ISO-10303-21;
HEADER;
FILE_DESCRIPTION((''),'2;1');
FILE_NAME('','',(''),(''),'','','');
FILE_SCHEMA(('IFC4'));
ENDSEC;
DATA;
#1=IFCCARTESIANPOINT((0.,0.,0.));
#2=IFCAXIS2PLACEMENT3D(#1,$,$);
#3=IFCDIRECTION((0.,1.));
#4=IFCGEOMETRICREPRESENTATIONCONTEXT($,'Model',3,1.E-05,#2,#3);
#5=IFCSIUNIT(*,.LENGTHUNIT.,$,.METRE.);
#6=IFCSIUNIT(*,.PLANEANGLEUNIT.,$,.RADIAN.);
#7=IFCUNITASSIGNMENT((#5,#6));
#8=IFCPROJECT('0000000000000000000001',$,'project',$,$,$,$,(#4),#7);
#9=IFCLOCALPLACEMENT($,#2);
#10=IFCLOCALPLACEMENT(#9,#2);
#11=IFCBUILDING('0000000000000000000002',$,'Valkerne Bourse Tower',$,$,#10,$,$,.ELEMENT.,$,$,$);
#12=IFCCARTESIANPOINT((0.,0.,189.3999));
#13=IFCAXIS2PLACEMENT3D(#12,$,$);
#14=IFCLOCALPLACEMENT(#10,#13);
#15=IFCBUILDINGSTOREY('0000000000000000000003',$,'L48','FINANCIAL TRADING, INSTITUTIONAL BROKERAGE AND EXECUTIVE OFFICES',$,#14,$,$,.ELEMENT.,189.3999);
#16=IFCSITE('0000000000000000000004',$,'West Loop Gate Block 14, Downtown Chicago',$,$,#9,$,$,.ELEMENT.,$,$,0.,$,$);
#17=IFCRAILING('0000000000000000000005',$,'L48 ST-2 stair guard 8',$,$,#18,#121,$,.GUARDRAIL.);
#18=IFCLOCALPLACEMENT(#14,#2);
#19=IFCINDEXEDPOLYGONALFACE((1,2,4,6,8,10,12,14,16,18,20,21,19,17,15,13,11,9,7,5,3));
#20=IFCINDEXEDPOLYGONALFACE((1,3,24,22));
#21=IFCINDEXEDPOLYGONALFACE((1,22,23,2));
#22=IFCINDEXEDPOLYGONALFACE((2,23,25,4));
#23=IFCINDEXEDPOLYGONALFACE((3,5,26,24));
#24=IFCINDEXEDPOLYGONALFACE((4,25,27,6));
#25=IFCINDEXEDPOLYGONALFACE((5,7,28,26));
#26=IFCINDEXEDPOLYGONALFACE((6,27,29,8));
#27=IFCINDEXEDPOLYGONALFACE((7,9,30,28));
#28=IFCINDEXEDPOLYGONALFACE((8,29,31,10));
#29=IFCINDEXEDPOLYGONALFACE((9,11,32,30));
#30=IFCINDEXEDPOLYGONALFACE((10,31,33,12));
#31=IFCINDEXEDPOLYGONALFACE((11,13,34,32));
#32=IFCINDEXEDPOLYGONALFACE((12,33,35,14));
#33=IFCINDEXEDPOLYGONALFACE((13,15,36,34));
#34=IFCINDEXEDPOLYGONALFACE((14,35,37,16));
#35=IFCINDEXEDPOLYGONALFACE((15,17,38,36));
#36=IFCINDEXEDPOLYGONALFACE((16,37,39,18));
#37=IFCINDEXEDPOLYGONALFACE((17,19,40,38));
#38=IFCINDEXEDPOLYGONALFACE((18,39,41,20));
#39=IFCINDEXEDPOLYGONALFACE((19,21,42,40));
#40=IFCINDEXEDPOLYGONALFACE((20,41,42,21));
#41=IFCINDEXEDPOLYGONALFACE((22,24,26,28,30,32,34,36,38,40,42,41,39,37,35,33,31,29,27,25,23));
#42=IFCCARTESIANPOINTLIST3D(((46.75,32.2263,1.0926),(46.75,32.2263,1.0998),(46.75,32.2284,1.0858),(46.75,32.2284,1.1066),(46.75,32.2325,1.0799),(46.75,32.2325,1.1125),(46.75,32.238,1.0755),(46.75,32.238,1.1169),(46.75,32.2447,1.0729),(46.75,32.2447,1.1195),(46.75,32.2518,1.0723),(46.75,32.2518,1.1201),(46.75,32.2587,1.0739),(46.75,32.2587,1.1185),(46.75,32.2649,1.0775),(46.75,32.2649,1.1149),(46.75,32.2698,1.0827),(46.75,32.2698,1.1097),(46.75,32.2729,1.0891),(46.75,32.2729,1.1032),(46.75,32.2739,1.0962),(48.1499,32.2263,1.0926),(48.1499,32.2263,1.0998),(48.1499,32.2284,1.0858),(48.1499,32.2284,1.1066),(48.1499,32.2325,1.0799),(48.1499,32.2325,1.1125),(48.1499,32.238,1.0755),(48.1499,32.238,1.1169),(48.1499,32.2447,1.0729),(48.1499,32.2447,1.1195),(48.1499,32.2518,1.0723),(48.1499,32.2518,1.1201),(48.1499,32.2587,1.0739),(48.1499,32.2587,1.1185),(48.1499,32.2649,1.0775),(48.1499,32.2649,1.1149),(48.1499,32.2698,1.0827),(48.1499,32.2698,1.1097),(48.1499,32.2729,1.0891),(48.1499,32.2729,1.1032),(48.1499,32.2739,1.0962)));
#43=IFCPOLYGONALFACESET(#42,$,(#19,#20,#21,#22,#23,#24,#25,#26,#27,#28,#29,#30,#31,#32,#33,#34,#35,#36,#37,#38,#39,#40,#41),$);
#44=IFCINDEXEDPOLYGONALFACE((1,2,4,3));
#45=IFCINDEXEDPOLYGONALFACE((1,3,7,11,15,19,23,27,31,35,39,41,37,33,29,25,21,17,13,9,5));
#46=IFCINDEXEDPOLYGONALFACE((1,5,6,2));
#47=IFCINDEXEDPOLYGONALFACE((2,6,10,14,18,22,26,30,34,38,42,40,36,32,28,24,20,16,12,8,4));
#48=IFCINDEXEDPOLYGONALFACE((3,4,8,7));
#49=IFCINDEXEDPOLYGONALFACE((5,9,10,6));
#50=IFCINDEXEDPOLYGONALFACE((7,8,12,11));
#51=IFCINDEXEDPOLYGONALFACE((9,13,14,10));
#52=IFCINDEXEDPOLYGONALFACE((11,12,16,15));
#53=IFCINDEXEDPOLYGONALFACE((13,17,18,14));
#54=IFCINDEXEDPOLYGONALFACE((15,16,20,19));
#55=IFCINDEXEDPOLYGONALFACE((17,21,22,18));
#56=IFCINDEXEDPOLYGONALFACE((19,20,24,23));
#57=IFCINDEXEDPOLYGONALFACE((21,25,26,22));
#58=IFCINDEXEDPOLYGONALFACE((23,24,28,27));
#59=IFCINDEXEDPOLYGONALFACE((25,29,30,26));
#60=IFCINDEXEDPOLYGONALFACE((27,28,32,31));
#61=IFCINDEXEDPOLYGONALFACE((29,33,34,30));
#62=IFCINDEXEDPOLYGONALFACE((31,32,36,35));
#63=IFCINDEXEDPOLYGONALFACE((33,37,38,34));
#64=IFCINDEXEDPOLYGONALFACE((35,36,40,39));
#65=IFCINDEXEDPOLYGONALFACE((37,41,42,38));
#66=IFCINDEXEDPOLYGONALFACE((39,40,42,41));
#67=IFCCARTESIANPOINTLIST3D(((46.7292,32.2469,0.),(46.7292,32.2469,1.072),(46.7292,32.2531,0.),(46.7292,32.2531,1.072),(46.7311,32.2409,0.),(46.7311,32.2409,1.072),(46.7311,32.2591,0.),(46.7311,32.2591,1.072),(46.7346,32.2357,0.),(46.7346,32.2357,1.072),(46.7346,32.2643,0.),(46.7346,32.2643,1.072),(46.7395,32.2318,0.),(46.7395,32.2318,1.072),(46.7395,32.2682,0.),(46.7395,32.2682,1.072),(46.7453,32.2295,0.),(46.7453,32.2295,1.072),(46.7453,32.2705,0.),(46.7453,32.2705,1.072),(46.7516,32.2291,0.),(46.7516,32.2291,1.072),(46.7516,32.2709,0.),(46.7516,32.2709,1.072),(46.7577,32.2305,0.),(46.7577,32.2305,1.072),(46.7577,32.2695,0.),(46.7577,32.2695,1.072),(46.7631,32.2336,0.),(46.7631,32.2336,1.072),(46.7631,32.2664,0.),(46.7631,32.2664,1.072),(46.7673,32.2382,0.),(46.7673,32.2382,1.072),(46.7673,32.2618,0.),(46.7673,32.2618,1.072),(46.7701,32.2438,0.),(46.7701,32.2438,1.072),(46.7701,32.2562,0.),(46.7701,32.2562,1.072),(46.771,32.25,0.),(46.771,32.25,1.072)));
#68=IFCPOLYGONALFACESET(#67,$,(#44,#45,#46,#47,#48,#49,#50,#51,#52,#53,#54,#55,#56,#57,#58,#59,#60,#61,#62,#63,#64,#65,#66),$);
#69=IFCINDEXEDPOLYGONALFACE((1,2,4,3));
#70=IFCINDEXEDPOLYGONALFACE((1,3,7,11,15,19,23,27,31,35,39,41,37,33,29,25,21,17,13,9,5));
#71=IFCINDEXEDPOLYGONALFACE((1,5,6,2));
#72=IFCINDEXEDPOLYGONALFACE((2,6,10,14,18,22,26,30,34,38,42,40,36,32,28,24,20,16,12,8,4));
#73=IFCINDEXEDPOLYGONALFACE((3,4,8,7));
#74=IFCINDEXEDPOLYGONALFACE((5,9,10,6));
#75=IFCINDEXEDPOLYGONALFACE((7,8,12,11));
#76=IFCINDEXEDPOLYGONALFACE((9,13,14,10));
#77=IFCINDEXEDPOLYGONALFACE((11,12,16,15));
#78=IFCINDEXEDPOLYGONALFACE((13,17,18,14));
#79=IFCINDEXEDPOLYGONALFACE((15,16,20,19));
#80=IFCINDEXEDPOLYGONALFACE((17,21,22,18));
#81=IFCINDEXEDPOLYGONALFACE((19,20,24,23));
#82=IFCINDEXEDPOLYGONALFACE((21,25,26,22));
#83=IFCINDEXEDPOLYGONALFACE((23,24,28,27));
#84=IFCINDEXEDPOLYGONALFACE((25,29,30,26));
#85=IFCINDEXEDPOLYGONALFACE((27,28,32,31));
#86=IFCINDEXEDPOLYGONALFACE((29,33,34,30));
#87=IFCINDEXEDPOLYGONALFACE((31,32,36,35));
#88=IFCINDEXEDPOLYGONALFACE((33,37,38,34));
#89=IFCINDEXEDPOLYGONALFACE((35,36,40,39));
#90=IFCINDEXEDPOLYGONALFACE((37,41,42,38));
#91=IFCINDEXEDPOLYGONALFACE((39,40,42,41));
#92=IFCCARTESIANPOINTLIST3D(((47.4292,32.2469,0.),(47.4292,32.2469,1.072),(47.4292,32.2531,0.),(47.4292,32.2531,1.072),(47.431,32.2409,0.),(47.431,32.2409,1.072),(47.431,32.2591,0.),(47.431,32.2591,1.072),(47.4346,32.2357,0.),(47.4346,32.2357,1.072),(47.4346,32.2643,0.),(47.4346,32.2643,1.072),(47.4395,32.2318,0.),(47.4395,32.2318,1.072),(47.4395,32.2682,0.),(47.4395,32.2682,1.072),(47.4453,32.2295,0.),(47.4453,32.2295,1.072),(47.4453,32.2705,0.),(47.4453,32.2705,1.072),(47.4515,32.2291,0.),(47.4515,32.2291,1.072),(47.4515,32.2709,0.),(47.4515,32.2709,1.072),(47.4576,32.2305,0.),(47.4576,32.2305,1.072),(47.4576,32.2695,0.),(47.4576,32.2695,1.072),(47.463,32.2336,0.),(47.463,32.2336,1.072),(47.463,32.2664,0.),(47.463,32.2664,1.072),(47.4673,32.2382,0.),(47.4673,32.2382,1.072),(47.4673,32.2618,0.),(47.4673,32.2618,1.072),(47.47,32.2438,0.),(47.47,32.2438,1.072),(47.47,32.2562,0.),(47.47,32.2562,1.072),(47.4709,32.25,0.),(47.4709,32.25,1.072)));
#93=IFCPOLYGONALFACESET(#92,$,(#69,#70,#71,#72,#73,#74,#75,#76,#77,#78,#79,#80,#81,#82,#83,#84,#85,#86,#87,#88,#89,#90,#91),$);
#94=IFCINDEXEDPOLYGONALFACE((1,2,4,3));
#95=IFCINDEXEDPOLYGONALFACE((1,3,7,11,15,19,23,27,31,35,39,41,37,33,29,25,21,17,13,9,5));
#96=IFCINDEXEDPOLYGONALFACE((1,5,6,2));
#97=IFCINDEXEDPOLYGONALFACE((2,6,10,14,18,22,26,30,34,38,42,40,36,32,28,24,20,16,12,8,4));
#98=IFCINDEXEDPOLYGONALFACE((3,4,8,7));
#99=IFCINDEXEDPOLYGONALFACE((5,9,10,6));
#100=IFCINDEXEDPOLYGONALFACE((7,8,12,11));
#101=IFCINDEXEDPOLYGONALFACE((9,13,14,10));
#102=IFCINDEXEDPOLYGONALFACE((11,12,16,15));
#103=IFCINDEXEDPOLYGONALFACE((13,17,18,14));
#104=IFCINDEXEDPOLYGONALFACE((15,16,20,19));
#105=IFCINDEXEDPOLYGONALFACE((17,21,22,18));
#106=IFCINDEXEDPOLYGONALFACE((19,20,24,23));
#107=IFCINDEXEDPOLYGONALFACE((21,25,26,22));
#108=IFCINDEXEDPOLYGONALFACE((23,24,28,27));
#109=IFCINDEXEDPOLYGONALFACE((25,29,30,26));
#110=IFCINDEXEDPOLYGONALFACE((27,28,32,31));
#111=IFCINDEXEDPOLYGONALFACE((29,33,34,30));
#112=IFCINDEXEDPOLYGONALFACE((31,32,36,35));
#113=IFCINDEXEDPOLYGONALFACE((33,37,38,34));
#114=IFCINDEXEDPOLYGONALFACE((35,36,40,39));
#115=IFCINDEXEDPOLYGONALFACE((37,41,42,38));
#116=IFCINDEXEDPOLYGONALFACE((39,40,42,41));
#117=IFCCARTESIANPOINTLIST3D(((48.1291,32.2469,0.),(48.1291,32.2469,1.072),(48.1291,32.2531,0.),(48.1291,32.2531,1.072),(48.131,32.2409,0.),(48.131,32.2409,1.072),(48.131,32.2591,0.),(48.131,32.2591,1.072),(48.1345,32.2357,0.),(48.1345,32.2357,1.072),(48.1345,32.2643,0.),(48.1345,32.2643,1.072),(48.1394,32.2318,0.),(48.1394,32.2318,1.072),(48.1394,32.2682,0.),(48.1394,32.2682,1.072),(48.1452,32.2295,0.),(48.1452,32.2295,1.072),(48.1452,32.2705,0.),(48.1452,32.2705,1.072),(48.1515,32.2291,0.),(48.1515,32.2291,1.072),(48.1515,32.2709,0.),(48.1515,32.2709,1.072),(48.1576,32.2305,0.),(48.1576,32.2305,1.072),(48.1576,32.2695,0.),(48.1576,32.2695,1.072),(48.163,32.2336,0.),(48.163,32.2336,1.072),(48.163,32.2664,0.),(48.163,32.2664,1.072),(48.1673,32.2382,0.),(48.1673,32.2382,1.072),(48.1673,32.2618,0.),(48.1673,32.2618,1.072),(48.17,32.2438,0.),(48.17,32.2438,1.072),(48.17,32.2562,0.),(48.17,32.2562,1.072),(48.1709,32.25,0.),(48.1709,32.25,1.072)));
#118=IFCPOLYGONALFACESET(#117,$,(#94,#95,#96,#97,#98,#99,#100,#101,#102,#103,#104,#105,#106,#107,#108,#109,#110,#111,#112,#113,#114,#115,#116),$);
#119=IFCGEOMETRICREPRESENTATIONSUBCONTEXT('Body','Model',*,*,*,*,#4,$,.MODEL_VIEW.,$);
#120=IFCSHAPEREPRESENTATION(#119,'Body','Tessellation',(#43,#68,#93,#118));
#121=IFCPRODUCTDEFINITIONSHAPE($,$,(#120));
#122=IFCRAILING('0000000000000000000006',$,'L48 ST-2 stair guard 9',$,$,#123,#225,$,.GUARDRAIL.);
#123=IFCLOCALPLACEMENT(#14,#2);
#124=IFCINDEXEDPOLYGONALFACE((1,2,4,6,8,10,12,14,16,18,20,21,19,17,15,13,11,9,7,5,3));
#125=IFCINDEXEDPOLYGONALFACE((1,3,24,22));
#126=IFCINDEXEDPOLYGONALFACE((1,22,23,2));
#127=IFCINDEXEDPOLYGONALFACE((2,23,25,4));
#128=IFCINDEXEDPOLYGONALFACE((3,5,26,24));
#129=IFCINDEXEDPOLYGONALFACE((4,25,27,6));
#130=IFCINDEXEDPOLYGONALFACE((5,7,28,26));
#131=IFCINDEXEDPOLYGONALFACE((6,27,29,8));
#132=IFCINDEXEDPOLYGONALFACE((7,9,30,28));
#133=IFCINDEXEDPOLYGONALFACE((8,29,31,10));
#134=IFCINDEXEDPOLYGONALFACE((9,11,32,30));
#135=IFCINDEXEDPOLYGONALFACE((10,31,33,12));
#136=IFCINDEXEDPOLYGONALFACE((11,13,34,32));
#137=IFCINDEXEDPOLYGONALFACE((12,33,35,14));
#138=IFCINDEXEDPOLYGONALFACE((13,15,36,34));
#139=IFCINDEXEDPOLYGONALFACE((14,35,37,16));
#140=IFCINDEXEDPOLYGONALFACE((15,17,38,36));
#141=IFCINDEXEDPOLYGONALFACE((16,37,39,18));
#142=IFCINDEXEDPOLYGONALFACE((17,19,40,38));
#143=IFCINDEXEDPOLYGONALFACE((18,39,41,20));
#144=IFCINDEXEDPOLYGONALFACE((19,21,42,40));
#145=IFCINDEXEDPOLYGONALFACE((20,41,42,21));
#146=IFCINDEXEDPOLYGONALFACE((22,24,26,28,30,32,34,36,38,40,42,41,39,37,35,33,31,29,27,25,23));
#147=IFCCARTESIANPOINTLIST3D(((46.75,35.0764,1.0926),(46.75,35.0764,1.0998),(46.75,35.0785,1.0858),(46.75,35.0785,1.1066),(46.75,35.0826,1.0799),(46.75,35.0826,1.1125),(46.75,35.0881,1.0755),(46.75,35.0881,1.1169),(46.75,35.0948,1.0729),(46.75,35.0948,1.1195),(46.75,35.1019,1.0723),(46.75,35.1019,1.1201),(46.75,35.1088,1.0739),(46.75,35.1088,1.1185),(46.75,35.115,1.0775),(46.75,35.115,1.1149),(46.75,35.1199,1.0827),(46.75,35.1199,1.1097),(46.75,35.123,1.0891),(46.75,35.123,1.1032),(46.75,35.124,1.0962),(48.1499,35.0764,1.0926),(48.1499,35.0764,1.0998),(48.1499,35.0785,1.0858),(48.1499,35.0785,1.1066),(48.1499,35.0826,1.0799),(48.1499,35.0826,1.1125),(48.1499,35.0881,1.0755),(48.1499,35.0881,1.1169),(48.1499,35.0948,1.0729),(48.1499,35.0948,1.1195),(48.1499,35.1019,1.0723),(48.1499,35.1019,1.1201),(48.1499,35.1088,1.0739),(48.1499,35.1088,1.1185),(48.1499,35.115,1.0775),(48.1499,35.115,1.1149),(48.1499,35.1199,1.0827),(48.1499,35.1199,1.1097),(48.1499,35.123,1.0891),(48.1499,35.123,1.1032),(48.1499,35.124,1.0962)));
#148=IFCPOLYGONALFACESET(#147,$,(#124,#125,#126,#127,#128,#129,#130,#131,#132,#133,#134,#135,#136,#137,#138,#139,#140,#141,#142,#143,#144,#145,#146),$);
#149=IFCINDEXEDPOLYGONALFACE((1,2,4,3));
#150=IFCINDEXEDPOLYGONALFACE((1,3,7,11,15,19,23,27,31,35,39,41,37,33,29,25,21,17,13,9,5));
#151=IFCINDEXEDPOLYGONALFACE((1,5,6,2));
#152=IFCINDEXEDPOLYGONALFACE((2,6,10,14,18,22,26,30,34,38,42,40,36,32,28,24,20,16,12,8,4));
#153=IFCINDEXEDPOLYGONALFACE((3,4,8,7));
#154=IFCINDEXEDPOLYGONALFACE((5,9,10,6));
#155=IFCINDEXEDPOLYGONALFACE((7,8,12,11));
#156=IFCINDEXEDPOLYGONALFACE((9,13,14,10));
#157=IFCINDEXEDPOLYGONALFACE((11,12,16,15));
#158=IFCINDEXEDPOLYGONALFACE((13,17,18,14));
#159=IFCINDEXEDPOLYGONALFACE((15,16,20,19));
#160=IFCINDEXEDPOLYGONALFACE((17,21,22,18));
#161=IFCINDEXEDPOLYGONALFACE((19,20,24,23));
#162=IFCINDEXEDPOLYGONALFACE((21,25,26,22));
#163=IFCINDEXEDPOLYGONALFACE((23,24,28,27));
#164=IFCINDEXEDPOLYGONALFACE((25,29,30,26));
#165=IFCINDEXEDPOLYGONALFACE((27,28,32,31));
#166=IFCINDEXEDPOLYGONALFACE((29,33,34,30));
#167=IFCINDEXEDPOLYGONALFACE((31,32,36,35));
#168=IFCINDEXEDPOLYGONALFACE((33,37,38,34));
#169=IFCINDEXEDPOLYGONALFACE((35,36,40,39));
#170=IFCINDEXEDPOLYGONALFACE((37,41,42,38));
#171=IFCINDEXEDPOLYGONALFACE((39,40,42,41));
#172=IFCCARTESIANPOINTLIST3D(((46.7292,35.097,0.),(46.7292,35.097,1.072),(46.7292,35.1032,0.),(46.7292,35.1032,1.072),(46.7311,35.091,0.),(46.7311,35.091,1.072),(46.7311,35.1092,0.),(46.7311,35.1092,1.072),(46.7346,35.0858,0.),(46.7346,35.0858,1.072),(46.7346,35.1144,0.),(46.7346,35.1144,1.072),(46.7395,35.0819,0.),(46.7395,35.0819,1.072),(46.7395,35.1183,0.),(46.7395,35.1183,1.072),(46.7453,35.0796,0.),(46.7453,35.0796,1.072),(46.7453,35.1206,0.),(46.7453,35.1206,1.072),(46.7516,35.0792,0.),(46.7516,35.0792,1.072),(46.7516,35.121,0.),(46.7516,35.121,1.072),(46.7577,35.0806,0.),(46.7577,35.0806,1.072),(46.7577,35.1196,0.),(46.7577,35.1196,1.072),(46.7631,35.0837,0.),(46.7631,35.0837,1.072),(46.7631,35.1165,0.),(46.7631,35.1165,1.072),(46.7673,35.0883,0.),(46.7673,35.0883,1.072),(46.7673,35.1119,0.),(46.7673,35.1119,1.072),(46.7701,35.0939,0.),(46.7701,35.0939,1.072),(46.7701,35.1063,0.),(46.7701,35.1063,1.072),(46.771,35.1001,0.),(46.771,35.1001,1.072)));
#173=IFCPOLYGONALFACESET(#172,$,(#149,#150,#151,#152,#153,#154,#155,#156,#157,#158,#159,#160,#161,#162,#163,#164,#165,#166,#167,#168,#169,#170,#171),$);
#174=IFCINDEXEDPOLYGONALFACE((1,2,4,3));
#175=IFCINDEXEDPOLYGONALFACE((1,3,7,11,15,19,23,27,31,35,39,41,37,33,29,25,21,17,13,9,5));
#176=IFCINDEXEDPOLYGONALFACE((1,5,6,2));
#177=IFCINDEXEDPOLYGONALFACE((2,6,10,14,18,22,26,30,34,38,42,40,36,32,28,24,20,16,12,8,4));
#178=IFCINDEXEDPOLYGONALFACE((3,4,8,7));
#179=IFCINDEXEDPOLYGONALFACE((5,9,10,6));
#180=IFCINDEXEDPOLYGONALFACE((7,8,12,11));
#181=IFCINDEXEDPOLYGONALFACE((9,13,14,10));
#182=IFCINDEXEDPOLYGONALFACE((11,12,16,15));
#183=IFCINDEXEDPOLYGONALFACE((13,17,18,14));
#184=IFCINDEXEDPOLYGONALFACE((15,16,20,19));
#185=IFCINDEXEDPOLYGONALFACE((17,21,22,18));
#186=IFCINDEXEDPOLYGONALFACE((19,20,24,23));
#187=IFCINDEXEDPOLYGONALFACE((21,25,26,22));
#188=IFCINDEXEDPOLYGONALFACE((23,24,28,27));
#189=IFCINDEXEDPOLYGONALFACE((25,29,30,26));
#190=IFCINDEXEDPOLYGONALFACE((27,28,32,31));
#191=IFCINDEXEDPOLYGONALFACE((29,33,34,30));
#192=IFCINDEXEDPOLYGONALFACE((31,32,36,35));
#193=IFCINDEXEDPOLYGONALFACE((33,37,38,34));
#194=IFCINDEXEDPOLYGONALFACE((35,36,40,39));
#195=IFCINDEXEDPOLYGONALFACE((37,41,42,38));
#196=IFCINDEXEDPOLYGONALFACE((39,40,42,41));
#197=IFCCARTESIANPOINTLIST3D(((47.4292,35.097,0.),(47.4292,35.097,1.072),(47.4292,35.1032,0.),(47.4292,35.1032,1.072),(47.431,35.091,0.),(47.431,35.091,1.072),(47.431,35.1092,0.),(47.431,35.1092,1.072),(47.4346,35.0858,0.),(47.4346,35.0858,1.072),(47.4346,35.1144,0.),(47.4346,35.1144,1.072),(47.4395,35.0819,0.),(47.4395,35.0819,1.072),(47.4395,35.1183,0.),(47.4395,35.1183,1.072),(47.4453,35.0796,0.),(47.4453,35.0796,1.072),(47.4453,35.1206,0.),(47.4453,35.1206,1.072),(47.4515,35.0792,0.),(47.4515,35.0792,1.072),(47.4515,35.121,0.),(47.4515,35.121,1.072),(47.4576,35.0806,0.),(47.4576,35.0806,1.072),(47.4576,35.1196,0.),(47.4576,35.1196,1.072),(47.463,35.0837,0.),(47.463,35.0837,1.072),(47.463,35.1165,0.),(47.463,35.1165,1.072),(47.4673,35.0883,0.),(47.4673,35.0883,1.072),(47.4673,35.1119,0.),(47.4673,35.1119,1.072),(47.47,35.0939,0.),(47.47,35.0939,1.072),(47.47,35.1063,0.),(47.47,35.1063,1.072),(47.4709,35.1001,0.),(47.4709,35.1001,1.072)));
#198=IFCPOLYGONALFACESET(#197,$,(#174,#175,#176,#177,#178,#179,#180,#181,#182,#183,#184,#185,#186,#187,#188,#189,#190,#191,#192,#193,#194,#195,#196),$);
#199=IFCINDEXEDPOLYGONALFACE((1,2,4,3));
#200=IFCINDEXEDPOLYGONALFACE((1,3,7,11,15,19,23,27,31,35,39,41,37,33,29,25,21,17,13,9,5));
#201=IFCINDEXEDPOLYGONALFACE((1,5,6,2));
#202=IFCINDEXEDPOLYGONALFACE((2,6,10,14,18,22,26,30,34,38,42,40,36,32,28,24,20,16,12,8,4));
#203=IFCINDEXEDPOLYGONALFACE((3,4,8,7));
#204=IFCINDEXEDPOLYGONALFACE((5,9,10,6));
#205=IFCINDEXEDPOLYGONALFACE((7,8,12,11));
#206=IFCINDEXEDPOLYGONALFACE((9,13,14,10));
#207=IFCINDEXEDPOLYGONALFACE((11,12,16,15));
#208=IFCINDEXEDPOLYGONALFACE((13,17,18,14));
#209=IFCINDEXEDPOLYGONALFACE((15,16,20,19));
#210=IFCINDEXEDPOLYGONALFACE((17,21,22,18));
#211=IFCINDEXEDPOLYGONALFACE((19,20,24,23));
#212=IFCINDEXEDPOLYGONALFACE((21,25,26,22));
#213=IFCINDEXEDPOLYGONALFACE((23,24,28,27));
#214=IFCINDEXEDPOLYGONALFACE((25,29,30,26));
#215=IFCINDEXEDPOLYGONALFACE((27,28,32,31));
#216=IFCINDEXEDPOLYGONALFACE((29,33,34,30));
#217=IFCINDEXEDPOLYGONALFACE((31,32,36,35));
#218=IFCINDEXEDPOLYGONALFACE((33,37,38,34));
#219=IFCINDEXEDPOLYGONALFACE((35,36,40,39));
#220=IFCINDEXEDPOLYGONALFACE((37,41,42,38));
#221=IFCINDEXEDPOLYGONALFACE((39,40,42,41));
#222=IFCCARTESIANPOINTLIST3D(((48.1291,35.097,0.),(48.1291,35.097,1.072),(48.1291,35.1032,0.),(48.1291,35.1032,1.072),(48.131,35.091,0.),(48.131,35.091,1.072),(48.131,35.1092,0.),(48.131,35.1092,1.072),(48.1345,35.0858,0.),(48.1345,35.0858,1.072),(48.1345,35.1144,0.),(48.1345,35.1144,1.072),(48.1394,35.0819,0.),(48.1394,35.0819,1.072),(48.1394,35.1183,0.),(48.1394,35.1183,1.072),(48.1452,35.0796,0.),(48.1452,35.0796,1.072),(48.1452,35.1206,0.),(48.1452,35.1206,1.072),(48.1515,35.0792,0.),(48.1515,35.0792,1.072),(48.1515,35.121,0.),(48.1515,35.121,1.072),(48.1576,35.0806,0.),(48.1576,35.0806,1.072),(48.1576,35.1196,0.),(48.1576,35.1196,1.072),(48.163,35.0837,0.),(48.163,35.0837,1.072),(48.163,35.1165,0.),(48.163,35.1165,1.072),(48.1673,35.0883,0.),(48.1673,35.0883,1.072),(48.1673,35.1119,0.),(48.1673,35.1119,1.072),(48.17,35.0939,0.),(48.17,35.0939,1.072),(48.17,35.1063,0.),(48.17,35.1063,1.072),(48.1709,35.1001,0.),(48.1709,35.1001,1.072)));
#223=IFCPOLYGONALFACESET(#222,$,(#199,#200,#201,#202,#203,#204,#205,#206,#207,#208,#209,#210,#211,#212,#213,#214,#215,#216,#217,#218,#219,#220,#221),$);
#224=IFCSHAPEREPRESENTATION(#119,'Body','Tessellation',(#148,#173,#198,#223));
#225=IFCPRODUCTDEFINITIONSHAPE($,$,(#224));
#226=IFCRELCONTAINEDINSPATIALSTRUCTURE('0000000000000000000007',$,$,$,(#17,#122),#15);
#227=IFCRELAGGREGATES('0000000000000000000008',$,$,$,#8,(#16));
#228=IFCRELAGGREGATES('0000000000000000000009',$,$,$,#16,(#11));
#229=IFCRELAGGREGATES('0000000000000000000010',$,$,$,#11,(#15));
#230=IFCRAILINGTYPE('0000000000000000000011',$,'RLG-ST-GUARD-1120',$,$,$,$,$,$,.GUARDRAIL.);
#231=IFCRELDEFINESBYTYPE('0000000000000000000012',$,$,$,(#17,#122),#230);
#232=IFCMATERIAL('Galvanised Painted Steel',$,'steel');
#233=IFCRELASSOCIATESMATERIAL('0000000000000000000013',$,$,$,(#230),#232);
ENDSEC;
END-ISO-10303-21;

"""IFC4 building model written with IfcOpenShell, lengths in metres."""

from ifc_helpers import new_model, si_unit, direction, frame, origin, origin_2d, place, context, subcontext, project, spatial, circle, extrude, material, type_object, element, save


model = new_model("IFC4")

# Units and contexts
model_context = context("Model", 3, precision=1e-05, world=origin(), true_north=direction((0.0, 1.0)))
body_context = subcontext(model_context, "Body", "Model", "MODEL_VIEW")
ifc_project = project(units=[si_unit("LENGTHUNIT", "METRE"), si_unit("PLANEANGLEUNIT", "RADIAN")], contexts=[model_context])

# Site, building, storey
site_placement = place(None, origin())
site = spatial("IfcSite", under=ifc_project, at=site_placement, Name="West Loop Gate Block 14, Downtown Chicago", CompositionType="ELEMENT", RefElevation=0.0)
building_placement = place(site_placement, origin())
building = spatial("IfcBuilding", under=site, at=building_placement, Name="Valkerne Bourse Tower", CompositionType="ELEMENT")
storey_placement = place(building_placement, frame((0.0, 0.0, 189.3999)))
storey = spatial("IfcBuildingStorey", under=building, at=storey_placement, Name="L48", Description="FINANCIAL TRADING, INSTITUTIONAL BROKERAGE AND EXECUTIVE OFFICES", CompositionType="ELEMENT", Elevation=189.3999)

# Shared definitions
ifc_material_1 = material(Name="Galvanised Painted Steel", Category="steel")

# Railings
railing_type_1 = type_object("IfcRailingType", Name="RLG-ST-GUARD-1120", PredefinedType="GUARDRAIL", material=ifc_material_1)
for number, where, name in (
    (1, (46.75, 32.25, 0.0), "L48 ST-2 stair guard 8"),
    (2, (46.75, 35.1001, 0.0), "L48 ST-2 stair guard 9"),
):
    element("IfcRailing", number, at=place(storey_placement, frame(where)), inside=storey, type_object=railing_type_1, Name=name, PredefinedType="GUARDRAIL", context=body_context, shape_type="SweptSolid", body=[
        extrude(circle(Radius=0.0239, at=origin_2d()), frame((0.0, 0.0, 1.0962), z_axis=(1.0, 0.0, 0.0), x_axis=(0.0, 1.0, 0.0)), (0.0, 0.0, 1.0), 1.3999),
        extrude(circle(Radius=0.021, at=origin_2d()), origin(), (0.0, 0.0, 1.0), 1.072),
        extrude(circle(Radius=0.021, at=origin_2d()), frame((0.7, 0.0, 0.0)), (0.0, 0.0, 1.0), 1.072),
        extrude(circle(Radius=0.021, at=origin_2d()), frame((1.3999, 0.0, 0.0)), (0.0, 0.0, 1.0), 1.072),
    ])

save(model, "model.ifc")
